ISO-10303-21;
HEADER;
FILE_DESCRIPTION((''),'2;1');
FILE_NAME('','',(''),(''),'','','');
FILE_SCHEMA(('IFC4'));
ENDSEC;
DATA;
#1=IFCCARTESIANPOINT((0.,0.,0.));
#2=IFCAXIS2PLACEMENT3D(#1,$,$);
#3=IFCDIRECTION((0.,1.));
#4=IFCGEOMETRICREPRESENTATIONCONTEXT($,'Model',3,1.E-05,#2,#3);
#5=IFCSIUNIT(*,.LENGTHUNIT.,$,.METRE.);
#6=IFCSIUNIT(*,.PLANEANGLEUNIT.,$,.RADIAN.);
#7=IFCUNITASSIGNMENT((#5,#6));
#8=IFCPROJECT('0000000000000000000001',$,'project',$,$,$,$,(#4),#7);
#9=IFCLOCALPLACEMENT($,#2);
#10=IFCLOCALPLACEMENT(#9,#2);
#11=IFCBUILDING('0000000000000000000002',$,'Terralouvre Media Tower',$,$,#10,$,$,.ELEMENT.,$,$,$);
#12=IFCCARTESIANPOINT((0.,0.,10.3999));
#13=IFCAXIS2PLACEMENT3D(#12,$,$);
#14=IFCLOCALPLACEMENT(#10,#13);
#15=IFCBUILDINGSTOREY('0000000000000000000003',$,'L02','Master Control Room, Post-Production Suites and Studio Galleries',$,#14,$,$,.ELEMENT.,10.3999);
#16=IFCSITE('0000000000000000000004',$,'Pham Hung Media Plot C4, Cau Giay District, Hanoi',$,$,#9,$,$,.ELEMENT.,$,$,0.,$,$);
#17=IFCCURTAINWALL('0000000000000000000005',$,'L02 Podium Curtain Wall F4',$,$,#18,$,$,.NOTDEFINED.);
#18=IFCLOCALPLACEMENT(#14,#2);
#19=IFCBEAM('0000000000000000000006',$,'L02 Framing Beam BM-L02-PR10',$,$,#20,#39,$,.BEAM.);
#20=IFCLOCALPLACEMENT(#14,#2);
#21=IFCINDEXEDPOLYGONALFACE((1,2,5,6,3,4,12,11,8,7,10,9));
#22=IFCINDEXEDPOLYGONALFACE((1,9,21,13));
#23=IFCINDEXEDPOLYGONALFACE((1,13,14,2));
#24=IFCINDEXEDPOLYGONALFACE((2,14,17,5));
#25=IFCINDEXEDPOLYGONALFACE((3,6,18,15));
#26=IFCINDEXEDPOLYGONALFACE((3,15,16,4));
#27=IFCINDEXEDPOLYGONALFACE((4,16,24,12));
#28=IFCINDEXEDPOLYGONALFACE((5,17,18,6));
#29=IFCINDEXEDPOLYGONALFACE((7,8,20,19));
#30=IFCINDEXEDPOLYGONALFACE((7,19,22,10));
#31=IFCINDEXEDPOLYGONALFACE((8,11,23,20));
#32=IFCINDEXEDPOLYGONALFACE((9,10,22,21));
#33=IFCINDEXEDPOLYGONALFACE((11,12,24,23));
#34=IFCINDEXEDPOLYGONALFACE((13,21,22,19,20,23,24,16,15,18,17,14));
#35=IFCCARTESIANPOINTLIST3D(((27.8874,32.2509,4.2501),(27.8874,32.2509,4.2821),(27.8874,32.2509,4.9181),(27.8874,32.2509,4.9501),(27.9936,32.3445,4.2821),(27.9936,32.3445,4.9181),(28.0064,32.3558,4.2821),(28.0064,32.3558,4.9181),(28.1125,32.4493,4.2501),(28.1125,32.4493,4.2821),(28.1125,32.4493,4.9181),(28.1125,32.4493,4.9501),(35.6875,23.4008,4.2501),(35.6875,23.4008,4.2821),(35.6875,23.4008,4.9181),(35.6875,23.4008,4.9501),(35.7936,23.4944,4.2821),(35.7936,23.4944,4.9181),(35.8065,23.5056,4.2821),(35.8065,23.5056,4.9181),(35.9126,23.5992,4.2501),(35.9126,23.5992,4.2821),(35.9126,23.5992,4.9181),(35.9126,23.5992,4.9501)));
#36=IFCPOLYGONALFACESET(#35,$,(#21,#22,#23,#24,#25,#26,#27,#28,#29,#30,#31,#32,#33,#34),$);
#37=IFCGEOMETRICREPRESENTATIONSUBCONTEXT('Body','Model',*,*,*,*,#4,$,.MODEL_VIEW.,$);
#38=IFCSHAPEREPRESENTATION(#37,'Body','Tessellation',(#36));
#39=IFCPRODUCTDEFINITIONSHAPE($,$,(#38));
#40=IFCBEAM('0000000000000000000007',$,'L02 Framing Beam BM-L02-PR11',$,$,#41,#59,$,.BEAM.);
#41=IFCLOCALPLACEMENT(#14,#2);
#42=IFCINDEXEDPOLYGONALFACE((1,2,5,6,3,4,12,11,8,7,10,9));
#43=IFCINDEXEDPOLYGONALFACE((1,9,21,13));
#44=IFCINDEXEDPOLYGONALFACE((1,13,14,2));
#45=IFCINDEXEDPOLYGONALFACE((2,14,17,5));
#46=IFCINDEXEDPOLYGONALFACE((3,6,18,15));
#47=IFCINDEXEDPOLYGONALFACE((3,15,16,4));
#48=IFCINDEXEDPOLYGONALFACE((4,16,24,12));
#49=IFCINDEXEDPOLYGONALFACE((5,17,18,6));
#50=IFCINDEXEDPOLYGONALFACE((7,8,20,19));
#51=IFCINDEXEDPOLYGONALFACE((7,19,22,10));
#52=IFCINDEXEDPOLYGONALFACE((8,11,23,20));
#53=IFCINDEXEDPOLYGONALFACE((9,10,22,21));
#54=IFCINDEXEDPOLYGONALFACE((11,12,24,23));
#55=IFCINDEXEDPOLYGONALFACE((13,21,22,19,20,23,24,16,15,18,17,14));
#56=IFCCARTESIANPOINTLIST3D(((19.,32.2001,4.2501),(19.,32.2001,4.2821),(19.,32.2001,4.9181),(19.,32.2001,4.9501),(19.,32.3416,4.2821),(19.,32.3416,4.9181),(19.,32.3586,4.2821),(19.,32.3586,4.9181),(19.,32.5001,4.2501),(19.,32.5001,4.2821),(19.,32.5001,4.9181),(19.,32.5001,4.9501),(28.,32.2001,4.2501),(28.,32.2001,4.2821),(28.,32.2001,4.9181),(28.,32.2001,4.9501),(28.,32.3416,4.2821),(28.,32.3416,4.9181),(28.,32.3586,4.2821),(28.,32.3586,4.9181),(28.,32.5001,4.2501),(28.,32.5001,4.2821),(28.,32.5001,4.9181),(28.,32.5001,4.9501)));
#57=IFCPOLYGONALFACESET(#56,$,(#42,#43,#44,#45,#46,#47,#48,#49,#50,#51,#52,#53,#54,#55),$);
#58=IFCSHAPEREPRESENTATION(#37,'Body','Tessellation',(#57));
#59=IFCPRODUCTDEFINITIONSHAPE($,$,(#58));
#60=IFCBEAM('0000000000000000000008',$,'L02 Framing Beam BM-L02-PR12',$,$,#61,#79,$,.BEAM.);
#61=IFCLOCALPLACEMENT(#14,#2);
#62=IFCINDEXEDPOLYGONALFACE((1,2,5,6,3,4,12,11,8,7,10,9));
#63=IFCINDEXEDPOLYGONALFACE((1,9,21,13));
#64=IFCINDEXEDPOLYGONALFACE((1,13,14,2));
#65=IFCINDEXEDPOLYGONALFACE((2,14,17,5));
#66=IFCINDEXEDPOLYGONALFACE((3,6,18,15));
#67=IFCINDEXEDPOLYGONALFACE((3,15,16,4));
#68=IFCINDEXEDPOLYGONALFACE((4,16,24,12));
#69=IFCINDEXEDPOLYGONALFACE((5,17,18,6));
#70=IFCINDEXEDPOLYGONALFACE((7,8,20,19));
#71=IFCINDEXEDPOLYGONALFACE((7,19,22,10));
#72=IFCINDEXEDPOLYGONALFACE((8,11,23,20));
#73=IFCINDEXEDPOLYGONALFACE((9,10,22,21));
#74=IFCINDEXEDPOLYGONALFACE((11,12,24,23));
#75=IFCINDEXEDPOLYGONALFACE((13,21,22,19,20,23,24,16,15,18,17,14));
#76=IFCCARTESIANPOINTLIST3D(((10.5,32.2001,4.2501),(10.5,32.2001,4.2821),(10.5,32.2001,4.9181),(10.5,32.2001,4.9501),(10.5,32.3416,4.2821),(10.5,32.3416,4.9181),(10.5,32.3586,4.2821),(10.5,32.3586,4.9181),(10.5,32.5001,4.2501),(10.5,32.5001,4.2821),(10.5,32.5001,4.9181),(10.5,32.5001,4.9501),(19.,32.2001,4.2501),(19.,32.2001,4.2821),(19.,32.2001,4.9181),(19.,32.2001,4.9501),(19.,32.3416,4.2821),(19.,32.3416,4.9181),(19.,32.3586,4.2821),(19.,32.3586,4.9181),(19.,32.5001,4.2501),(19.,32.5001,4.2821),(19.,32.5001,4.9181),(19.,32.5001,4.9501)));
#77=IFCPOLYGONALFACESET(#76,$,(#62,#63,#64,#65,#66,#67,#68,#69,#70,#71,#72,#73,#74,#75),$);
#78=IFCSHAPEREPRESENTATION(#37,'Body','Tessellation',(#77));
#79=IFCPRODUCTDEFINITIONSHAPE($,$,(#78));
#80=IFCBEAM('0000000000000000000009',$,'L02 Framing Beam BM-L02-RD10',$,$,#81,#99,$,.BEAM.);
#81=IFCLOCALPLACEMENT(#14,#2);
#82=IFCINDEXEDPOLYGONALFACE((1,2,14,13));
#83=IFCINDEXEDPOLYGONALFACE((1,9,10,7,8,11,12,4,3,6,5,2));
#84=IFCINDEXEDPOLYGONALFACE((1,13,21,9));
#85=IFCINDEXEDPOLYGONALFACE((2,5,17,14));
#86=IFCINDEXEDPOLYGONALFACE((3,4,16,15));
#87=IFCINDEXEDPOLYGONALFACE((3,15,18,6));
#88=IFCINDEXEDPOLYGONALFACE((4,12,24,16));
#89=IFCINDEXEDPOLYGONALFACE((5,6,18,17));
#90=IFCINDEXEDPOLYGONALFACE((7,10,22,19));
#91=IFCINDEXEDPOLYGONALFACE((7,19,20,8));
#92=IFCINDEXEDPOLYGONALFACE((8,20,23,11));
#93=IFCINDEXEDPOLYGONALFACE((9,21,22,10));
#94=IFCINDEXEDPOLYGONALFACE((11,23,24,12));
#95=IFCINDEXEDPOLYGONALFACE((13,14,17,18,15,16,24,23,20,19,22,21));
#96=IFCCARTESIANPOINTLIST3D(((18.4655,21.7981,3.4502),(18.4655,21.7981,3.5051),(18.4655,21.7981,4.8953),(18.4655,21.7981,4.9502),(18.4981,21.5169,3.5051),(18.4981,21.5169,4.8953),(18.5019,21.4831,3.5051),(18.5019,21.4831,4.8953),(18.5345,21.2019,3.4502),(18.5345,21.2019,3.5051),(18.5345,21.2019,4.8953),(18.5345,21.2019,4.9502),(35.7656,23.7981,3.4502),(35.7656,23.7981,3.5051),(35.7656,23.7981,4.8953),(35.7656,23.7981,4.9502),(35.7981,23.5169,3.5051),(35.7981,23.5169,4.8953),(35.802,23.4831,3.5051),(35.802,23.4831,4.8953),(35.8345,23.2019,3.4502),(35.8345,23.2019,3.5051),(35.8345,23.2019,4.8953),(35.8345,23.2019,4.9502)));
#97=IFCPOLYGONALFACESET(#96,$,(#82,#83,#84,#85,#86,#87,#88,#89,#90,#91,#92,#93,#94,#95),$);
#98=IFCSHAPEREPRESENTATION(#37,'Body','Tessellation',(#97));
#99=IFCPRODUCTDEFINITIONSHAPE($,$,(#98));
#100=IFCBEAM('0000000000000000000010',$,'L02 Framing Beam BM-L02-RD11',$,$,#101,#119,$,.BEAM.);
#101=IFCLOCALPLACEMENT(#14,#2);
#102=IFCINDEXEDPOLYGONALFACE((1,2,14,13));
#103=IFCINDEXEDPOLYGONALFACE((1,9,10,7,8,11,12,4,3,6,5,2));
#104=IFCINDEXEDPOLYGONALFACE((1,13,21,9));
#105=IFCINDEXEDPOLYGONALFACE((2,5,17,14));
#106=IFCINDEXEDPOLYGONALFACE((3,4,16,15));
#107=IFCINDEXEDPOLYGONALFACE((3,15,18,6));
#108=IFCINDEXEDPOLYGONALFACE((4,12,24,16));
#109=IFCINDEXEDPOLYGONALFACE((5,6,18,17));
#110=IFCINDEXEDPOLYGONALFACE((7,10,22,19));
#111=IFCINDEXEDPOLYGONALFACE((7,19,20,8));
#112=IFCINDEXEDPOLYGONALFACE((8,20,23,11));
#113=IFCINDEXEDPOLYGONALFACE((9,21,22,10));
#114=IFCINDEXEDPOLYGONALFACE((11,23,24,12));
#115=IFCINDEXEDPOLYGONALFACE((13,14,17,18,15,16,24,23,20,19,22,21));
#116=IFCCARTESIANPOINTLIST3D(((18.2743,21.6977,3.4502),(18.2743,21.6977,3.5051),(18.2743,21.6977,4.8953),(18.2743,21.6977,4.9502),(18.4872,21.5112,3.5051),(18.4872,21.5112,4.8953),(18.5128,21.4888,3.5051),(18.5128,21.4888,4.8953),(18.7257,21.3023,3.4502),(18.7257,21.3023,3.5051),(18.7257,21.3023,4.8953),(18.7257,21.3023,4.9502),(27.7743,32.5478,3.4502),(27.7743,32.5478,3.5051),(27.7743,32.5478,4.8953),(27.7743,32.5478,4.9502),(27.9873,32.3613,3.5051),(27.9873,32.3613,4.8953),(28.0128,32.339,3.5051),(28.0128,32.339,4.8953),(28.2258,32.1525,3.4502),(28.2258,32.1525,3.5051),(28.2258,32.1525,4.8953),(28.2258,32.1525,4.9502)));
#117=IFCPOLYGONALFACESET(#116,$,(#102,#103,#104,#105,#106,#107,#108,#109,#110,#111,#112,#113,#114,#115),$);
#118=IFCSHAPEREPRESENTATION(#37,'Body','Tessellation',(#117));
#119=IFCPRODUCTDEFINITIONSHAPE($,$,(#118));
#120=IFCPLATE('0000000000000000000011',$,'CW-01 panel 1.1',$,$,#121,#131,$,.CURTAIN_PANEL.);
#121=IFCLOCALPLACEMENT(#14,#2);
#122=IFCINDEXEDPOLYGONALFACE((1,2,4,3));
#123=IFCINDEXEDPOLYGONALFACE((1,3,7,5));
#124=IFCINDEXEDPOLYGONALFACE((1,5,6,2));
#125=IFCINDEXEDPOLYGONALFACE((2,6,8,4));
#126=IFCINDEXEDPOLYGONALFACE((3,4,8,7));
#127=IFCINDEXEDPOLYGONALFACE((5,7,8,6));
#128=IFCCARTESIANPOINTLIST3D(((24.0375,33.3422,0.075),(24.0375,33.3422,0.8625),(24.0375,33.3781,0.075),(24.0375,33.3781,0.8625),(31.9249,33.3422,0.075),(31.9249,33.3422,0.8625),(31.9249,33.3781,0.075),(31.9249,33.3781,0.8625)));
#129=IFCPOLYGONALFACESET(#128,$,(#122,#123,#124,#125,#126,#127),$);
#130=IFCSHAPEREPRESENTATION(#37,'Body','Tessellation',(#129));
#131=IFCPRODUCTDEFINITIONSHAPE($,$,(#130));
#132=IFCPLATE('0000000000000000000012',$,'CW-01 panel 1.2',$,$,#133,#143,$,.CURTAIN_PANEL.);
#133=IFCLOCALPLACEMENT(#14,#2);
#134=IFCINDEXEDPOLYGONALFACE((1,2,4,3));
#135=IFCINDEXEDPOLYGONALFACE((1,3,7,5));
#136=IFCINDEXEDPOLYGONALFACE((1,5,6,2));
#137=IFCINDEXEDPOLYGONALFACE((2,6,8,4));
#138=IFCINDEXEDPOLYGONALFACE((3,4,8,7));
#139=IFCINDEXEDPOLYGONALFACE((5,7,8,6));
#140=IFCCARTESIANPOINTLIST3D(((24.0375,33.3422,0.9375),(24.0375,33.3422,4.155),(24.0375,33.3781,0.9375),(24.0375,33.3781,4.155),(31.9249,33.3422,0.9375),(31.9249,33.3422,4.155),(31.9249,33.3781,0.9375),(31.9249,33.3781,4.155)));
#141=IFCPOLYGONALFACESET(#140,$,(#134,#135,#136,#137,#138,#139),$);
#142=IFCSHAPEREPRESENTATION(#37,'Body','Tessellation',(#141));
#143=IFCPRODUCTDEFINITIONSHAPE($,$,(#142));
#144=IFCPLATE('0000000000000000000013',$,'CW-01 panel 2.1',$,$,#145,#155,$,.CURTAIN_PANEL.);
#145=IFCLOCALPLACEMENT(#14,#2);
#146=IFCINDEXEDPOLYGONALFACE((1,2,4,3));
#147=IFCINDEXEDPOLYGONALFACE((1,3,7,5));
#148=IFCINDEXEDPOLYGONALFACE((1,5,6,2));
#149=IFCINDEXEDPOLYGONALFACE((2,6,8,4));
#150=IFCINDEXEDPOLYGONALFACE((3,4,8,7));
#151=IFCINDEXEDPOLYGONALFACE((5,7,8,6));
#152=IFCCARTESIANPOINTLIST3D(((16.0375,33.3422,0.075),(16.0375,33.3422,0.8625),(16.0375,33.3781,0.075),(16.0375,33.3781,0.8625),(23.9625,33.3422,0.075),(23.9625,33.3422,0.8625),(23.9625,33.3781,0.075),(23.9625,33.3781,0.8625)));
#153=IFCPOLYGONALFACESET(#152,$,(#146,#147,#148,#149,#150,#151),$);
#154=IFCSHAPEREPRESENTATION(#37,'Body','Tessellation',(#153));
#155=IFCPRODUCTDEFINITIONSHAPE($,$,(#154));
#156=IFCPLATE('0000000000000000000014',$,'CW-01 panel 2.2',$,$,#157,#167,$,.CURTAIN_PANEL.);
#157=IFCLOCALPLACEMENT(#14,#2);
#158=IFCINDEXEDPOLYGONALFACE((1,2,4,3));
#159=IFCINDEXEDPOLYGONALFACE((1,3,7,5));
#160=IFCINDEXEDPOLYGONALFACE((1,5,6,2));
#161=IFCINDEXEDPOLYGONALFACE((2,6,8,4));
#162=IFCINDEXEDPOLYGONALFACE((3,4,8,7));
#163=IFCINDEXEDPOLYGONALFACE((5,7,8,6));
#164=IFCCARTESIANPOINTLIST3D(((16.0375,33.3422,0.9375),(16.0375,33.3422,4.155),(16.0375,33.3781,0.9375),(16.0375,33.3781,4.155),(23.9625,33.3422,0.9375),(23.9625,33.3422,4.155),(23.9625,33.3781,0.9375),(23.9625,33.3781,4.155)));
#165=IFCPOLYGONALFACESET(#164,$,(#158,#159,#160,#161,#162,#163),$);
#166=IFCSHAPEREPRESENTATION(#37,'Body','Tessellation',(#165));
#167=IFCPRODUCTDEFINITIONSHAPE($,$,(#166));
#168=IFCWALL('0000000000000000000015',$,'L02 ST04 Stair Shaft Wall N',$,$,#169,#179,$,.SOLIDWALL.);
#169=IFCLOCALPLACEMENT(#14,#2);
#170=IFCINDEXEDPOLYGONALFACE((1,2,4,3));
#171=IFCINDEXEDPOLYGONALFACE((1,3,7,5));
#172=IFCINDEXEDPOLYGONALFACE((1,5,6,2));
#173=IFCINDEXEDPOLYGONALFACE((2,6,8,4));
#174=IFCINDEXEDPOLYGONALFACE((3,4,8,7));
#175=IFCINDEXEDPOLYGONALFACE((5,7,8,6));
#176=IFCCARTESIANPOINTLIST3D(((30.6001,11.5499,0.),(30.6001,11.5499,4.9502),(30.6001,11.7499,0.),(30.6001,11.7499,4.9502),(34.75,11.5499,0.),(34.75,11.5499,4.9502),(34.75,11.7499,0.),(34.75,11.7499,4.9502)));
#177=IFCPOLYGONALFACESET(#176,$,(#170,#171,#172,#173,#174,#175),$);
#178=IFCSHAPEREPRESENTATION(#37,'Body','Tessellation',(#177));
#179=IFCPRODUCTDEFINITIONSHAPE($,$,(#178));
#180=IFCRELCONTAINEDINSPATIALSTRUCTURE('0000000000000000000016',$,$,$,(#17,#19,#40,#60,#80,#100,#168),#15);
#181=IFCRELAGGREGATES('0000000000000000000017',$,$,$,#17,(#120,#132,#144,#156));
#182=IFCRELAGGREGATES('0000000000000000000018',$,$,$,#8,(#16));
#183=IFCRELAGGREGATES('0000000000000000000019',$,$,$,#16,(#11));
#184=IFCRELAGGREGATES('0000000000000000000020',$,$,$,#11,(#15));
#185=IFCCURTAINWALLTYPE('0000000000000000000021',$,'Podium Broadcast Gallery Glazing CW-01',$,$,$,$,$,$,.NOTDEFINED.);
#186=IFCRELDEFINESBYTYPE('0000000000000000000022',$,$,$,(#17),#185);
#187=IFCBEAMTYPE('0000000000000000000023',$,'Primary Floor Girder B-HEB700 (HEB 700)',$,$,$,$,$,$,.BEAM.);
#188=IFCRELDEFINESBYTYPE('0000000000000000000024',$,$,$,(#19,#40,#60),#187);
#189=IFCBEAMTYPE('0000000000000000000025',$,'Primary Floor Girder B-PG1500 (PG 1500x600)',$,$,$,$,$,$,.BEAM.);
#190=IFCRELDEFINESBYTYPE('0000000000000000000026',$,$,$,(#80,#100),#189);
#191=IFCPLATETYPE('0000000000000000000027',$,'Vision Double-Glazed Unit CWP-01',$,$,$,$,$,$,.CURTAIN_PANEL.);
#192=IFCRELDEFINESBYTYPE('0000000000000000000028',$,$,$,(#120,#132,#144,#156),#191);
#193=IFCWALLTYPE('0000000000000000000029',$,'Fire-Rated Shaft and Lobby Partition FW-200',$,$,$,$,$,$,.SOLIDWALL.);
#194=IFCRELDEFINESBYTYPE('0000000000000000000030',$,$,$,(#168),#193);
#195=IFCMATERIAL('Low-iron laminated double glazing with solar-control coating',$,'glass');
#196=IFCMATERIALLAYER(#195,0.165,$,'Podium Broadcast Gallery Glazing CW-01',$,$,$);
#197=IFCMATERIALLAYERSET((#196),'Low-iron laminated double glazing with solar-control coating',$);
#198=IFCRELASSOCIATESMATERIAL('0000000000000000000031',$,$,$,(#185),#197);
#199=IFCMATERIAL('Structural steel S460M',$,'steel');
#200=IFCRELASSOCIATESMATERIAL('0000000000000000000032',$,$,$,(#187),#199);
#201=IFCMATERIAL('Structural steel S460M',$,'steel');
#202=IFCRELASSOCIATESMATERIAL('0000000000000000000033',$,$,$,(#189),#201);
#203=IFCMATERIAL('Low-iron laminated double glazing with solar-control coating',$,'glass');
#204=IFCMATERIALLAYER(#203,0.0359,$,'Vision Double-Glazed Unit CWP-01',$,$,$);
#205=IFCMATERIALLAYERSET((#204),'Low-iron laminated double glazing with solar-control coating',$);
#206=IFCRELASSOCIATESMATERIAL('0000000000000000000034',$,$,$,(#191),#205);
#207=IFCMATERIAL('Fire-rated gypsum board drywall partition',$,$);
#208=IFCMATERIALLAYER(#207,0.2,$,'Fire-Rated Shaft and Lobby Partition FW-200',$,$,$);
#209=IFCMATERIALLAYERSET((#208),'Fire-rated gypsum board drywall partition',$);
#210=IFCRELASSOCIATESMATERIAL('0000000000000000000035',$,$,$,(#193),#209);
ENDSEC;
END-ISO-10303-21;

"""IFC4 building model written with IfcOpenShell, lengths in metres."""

from ifc_helpers import new_model, si_unit, direction, frame, frame_2d, origin, origin_2d, place, context, subcontext, project, spatial, rectangle, i_section, extrude, material, layer, layer_set, material_profile, profile_set, type_object, element, aggregate, save


model = new_model("IFC4")

# Units and contexts
model_context = context("Model", 3, precision=1e-05, world=origin(), true_north=direction((0.0, 1.0)))
body_context = subcontext(model_context, "Body", "Model", "MODEL_VIEW")
ifc_project = project(units=[si_unit("LENGTHUNIT", "METRE"), si_unit("PLANEANGLEUNIT", "RADIAN")], contexts=[model_context])

# Site, building, storey
site_placement = place(None, origin())
site = spatial("IfcSite", under=ifc_project, at=site_placement, Name="Pham Hung Media Plot C4, Cau Giay District, Hanoi", CompositionType="ELEMENT", RefElevation=0.0)
building_placement = place(site_placement, origin())
building = spatial("IfcBuilding", under=site, at=building_placement, Name="Terralouvre Media Tower", CompositionType="ELEMENT")
storey_placement = place(building_placement, frame((0.0, 0.0, 10.3999)))
storey = spatial("IfcBuildingStorey", under=building, at=storey_placement, Name="L02", Description="Master Control Room, Post-Production Suites and Studio Galleries", CompositionType="ELEMENT", Elevation=10.3999)

# Curtain wall
ifc_material_1 = material(Name="Low-iron laminated double glazing with solar-control coating", Category="glass")
ifc_layer_1 = layer(ifc_material_1, 0.165, Name="Podium Broadcast Gallery Glazing CW-01")
ifc_layer_set_1 = layer_set([ifc_layer_1], Name="Low-iron laminated double glazing with solar-control coating")
curtain_wall_type = type_object("IfcCurtainWallType", Name="Podium Broadcast Gallery Glazing CW-01", PredefinedType="NOTDEFINED", material=ifc_layer_set_1)
curtain_wall_placement = place(storey_placement, origin())
curtain_wall = element("IfcCurtainWall", 1, at=curtain_wall_placement, inside=storey, type_object=curtain_wall_type, Name="L02 Podium Curtain Wall F4", PredefinedType="NOTDEFINED")

# Beams
ifc_material_2 = material(Name="Structural steel S460M", Category="steel")
ifc_material_profile_1 = material_profile(ifc_material_2, i_section(OverallWidth=0.3, OverallDepth=0.7, WebThickness=0.0171, FlangeThickness=0.032, at=origin_2d()), Name="HEB 700")
ifc_profile_set_1 = profile_set([ifc_material_profile_1], Name="Structural steel S460M")
beam_type_1 = type_object("IfcBeamType", Name="Primary Floor Girder B-HEB700 (HEB 700)", PredefinedType="BEAM", material=ifc_profile_set_1)
beam_1_placement = place(storey_placement, frame((35.8, 23.5, 4.6001), z_axis=(-0.661199, 0.75021, 0.0), x_axis=(-0.75021, -0.661199, 0.0)))
element("IfcBeam", 2, at=beam_1_placement, inside=storey, type_object=beam_type_1, Name="L02 Framing Beam BM-L02-PR10", PredefinedType="BEAM", context=body_context, shape_type="SweptSolid", body=[
    extrude(i_section(OverallWidth=0.3, OverallDepth=0.7, WebThickness=0.0171, FlangeThickness=0.032, at=origin_2d()), origin(), (0.0, 0.0, 1.0), 11.7969),
])
beam_2_placement = place(storey_placement, frame((28.0, 32.3501, 4.6001), z_axis=(-1.0, 0.0, 0.0), x_axis=(0.0, -1.0, 0.0)))
element("IfcBeam", 3, at=beam_2_placement, inside=storey, type_object=beam_type_1, Name="L02 Framing Beam BM-L02-PR11", PredefinedType="BEAM", context=body_context, shape_type="SweptSolid", body=[
    extrude(i_section(OverallWidth=0.3, OverallDepth=0.7, WebThickness=0.0171, FlangeThickness=0.032, at=origin_2d()), origin(), (0.0, 0.0, 1.0), 9.0),
])
beam_3_placement = place(storey_placement, frame((19.0, 32.3501, 4.6001), z_axis=(-1.0, 0.0, 0.0), x_axis=(0.0, -1.0, 0.0)))
element("IfcBeam", 4, at=beam_3_placement, inside=storey, type_object=beam_type_1, Name="L02 Framing Beam BM-L02-PR12", PredefinedType="BEAM", context=body_context, shape_type="SweptSolid", body=[
    extrude(i_section(OverallWidth=0.3, OverallDepth=0.7, WebThickness=0.0171, FlangeThickness=0.032, at=origin_2d()), origin(), (0.0, 0.0, 1.0), 8.5),
])
ifc_material_3 = material(Name="Structural steel S460M", Category="steel")
ifc_material_profile_2 = material_profile(ifc_material_3, i_section(OverallWidth=0.6001, OverallDepth=1.5, WebThickness=0.0339, FlangeThickness=0.0549, at=origin_2d()), Name="PG 1500x600")
ifc_profile_set_2 = profile_set([ifc_material_profile_2], Name="Structural steel S460M")
beam_type_2 = type_object("IfcBeamType", Name="Primary Floor Girder B-PG1500 (PG 1500x600)", PredefinedType="BEAM", material=ifc_profile_set_2)
beam_4_placement = place(storey_placement, frame((18.5, 21.5, 4.2002), z_axis=(0.993384, 0.114842, 0.0), x_axis=(-0.114842, 0.993384, 0.0)))
element("IfcBeam", 5, at=beam_4_placement, inside=storey, type_object=beam_type_2, Name="L02 Framing Beam BM-L02-RD10", PredefinedType="BEAM", context=body_context, shape_type="SweptSolid", body=[
    extrude(i_section(OverallWidth=0.6001, OverallDepth=1.5, WebThickness=0.0339, FlangeThickness=0.0549, at=origin_2d()), origin(), (0.0, 0.0, 1.0), 17.4153),
])
beam_5_placement = place(storey_placement, frame((18.5, 21.5, 4.2002), z_axis=(0.658747, 0.752365, 0.0), x_axis=(-0.752365, 0.658747, 0.0)))
element("IfcBeam", 6, at=beam_5_placement, inside=storey, type_object=beam_type_2, Name="L02 Framing Beam BM-L02-RD11", PredefinedType="BEAM", context=body_context, shape_type="SweptSolid", body=[
    extrude(i_section(OverallWidth=0.6001, OverallDepth=1.5, WebThickness=0.0339, FlangeThickness=0.0549, at=origin_2d()), origin(), (0.0, 0.0, 1.0), 14.4214),
])

# Plates
ifc_material_4 = material(Name="Low-iron laminated double glazing with solar-control coating", Category="glass")
ifc_layer_2 = layer(ifc_material_4, 0.0359, Name="Vision Double-Glazed Unit CWP-01")
ifc_layer_set_2 = layer_set([ifc_layer_2], Name="Low-iron laminated double glazing with solar-control coating")
plate_type = type_object("IfcPlateType", Name="Vision Double-Glazed Unit CWP-01", PredefinedType="CURTAIN_PANEL", material=ifc_layer_set_2)
plate_1_placement = place(storey_placement, frame((27.9812, 33.3601, 0.075), z_axis=(0.0, 0.0, 1.0), x_axis=(-1.0, 0.0, 0.0)))
plate_1 = element("IfcPlate", 7, at=plate_1_placement, type_object=plate_type, Name="CW-01 panel 1.1", PredefinedType="CURTAIN_PANEL", context=body_context, shape_type="SweptSolid", body=[
    extrude(rectangle(XDim=7.8875, YDim=0.0359, at=origin_2d()), origin(), (0.0, 0.0, 1.0), 0.7876),
])
plate_2_placement = place(storey_placement, frame((27.9812, 33.3601, 0.9375), z_axis=(0.0, 0.0, 1.0), x_axis=(-1.0, 0.0, 0.0)))
plate_2 = element("IfcPlate", 8, at=plate_2_placement, type_object=plate_type, Name="CW-01 panel 1.2", PredefinedType="CURTAIN_PANEL", context=body_context, shape_type="SweptSolid", body=[
    extrude(rectangle(XDim=7.8875, YDim=0.0359, at=origin_2d()), origin(), (0.0, 0.0, 1.0), 3.2175),
])
plate_3_placement = place(storey_placement, frame((20.0, 33.3601, 0.075), z_axis=(0.0, 0.0, 1.0), x_axis=(-1.0, 0.0, 0.0)))
plate_3 = element("IfcPlate", 9, at=plate_3_placement, type_object=plate_type, Name="CW-01 panel 2.1", PredefinedType="CURTAIN_PANEL", context=body_context, shape_type="SweptSolid", body=[
    extrude(rectangle(XDim=7.925, YDim=0.0359, at=origin_2d()), origin(), (0.0, 0.0, 1.0), 0.7876),
])
plate_4_placement = place(storey_placement, frame((20.0, 33.3601, 0.9375), z_axis=(0.0, 0.0, 1.0), x_axis=(-1.0, 0.0, 0.0)))
plate_4 = element("IfcPlate", 10, at=plate_4_placement, type_object=plate_type, Name="CW-01 panel 2.2", PredefinedType="CURTAIN_PANEL", context=body_context, shape_type="SweptSolid", body=[
    extrude(rectangle(XDim=7.925, YDim=0.0359, at=origin_2d()), origin(), (0.0, 0.0, 1.0), 3.2175),
])
aggregate(curtain_wall, [plate_1, plate_2, plate_3, plate_4])

# Wall
ifc_material_5 = material(Name="Fire-rated gypsum board drywall partition")
ifc_layer_3 = layer(ifc_material_5, 0.2, Name="Fire-Rated Shaft and Lobby Partition FW-200")
ifc_layer_set_3 = layer_set([ifc_layer_3], Name="Fire-rated gypsum board drywall partition")
wall_type_1 = type_object("IfcWallType", Name="Fire-Rated Shaft and Lobby Partition FW-200", PredefinedType="SOLIDWALL", material=ifc_layer_set_3)
wall_1_placement = place(storey_placement, frame((34.75, 11.6499, 0.0), z_axis=(0.0, 0.0, 1.0), x_axis=(-1.0, 0.0, 0.0)))
element("IfcWall", 11, at=wall_1_placement, inside=storey, type_object=wall_type_1, Name="L02 ST04 Stair Shaft Wall N", PredefinedType="SOLIDWALL", context=body_context, shape_type="SweptSolid", body=[
    extrude(rectangle(XDim=4.1499, YDim=0.2, at=frame_2d((2.075, 0.0))), origin(), (0.0, 0.0, 1.0), 4.9502),
])

save(model, "model.ifc")
